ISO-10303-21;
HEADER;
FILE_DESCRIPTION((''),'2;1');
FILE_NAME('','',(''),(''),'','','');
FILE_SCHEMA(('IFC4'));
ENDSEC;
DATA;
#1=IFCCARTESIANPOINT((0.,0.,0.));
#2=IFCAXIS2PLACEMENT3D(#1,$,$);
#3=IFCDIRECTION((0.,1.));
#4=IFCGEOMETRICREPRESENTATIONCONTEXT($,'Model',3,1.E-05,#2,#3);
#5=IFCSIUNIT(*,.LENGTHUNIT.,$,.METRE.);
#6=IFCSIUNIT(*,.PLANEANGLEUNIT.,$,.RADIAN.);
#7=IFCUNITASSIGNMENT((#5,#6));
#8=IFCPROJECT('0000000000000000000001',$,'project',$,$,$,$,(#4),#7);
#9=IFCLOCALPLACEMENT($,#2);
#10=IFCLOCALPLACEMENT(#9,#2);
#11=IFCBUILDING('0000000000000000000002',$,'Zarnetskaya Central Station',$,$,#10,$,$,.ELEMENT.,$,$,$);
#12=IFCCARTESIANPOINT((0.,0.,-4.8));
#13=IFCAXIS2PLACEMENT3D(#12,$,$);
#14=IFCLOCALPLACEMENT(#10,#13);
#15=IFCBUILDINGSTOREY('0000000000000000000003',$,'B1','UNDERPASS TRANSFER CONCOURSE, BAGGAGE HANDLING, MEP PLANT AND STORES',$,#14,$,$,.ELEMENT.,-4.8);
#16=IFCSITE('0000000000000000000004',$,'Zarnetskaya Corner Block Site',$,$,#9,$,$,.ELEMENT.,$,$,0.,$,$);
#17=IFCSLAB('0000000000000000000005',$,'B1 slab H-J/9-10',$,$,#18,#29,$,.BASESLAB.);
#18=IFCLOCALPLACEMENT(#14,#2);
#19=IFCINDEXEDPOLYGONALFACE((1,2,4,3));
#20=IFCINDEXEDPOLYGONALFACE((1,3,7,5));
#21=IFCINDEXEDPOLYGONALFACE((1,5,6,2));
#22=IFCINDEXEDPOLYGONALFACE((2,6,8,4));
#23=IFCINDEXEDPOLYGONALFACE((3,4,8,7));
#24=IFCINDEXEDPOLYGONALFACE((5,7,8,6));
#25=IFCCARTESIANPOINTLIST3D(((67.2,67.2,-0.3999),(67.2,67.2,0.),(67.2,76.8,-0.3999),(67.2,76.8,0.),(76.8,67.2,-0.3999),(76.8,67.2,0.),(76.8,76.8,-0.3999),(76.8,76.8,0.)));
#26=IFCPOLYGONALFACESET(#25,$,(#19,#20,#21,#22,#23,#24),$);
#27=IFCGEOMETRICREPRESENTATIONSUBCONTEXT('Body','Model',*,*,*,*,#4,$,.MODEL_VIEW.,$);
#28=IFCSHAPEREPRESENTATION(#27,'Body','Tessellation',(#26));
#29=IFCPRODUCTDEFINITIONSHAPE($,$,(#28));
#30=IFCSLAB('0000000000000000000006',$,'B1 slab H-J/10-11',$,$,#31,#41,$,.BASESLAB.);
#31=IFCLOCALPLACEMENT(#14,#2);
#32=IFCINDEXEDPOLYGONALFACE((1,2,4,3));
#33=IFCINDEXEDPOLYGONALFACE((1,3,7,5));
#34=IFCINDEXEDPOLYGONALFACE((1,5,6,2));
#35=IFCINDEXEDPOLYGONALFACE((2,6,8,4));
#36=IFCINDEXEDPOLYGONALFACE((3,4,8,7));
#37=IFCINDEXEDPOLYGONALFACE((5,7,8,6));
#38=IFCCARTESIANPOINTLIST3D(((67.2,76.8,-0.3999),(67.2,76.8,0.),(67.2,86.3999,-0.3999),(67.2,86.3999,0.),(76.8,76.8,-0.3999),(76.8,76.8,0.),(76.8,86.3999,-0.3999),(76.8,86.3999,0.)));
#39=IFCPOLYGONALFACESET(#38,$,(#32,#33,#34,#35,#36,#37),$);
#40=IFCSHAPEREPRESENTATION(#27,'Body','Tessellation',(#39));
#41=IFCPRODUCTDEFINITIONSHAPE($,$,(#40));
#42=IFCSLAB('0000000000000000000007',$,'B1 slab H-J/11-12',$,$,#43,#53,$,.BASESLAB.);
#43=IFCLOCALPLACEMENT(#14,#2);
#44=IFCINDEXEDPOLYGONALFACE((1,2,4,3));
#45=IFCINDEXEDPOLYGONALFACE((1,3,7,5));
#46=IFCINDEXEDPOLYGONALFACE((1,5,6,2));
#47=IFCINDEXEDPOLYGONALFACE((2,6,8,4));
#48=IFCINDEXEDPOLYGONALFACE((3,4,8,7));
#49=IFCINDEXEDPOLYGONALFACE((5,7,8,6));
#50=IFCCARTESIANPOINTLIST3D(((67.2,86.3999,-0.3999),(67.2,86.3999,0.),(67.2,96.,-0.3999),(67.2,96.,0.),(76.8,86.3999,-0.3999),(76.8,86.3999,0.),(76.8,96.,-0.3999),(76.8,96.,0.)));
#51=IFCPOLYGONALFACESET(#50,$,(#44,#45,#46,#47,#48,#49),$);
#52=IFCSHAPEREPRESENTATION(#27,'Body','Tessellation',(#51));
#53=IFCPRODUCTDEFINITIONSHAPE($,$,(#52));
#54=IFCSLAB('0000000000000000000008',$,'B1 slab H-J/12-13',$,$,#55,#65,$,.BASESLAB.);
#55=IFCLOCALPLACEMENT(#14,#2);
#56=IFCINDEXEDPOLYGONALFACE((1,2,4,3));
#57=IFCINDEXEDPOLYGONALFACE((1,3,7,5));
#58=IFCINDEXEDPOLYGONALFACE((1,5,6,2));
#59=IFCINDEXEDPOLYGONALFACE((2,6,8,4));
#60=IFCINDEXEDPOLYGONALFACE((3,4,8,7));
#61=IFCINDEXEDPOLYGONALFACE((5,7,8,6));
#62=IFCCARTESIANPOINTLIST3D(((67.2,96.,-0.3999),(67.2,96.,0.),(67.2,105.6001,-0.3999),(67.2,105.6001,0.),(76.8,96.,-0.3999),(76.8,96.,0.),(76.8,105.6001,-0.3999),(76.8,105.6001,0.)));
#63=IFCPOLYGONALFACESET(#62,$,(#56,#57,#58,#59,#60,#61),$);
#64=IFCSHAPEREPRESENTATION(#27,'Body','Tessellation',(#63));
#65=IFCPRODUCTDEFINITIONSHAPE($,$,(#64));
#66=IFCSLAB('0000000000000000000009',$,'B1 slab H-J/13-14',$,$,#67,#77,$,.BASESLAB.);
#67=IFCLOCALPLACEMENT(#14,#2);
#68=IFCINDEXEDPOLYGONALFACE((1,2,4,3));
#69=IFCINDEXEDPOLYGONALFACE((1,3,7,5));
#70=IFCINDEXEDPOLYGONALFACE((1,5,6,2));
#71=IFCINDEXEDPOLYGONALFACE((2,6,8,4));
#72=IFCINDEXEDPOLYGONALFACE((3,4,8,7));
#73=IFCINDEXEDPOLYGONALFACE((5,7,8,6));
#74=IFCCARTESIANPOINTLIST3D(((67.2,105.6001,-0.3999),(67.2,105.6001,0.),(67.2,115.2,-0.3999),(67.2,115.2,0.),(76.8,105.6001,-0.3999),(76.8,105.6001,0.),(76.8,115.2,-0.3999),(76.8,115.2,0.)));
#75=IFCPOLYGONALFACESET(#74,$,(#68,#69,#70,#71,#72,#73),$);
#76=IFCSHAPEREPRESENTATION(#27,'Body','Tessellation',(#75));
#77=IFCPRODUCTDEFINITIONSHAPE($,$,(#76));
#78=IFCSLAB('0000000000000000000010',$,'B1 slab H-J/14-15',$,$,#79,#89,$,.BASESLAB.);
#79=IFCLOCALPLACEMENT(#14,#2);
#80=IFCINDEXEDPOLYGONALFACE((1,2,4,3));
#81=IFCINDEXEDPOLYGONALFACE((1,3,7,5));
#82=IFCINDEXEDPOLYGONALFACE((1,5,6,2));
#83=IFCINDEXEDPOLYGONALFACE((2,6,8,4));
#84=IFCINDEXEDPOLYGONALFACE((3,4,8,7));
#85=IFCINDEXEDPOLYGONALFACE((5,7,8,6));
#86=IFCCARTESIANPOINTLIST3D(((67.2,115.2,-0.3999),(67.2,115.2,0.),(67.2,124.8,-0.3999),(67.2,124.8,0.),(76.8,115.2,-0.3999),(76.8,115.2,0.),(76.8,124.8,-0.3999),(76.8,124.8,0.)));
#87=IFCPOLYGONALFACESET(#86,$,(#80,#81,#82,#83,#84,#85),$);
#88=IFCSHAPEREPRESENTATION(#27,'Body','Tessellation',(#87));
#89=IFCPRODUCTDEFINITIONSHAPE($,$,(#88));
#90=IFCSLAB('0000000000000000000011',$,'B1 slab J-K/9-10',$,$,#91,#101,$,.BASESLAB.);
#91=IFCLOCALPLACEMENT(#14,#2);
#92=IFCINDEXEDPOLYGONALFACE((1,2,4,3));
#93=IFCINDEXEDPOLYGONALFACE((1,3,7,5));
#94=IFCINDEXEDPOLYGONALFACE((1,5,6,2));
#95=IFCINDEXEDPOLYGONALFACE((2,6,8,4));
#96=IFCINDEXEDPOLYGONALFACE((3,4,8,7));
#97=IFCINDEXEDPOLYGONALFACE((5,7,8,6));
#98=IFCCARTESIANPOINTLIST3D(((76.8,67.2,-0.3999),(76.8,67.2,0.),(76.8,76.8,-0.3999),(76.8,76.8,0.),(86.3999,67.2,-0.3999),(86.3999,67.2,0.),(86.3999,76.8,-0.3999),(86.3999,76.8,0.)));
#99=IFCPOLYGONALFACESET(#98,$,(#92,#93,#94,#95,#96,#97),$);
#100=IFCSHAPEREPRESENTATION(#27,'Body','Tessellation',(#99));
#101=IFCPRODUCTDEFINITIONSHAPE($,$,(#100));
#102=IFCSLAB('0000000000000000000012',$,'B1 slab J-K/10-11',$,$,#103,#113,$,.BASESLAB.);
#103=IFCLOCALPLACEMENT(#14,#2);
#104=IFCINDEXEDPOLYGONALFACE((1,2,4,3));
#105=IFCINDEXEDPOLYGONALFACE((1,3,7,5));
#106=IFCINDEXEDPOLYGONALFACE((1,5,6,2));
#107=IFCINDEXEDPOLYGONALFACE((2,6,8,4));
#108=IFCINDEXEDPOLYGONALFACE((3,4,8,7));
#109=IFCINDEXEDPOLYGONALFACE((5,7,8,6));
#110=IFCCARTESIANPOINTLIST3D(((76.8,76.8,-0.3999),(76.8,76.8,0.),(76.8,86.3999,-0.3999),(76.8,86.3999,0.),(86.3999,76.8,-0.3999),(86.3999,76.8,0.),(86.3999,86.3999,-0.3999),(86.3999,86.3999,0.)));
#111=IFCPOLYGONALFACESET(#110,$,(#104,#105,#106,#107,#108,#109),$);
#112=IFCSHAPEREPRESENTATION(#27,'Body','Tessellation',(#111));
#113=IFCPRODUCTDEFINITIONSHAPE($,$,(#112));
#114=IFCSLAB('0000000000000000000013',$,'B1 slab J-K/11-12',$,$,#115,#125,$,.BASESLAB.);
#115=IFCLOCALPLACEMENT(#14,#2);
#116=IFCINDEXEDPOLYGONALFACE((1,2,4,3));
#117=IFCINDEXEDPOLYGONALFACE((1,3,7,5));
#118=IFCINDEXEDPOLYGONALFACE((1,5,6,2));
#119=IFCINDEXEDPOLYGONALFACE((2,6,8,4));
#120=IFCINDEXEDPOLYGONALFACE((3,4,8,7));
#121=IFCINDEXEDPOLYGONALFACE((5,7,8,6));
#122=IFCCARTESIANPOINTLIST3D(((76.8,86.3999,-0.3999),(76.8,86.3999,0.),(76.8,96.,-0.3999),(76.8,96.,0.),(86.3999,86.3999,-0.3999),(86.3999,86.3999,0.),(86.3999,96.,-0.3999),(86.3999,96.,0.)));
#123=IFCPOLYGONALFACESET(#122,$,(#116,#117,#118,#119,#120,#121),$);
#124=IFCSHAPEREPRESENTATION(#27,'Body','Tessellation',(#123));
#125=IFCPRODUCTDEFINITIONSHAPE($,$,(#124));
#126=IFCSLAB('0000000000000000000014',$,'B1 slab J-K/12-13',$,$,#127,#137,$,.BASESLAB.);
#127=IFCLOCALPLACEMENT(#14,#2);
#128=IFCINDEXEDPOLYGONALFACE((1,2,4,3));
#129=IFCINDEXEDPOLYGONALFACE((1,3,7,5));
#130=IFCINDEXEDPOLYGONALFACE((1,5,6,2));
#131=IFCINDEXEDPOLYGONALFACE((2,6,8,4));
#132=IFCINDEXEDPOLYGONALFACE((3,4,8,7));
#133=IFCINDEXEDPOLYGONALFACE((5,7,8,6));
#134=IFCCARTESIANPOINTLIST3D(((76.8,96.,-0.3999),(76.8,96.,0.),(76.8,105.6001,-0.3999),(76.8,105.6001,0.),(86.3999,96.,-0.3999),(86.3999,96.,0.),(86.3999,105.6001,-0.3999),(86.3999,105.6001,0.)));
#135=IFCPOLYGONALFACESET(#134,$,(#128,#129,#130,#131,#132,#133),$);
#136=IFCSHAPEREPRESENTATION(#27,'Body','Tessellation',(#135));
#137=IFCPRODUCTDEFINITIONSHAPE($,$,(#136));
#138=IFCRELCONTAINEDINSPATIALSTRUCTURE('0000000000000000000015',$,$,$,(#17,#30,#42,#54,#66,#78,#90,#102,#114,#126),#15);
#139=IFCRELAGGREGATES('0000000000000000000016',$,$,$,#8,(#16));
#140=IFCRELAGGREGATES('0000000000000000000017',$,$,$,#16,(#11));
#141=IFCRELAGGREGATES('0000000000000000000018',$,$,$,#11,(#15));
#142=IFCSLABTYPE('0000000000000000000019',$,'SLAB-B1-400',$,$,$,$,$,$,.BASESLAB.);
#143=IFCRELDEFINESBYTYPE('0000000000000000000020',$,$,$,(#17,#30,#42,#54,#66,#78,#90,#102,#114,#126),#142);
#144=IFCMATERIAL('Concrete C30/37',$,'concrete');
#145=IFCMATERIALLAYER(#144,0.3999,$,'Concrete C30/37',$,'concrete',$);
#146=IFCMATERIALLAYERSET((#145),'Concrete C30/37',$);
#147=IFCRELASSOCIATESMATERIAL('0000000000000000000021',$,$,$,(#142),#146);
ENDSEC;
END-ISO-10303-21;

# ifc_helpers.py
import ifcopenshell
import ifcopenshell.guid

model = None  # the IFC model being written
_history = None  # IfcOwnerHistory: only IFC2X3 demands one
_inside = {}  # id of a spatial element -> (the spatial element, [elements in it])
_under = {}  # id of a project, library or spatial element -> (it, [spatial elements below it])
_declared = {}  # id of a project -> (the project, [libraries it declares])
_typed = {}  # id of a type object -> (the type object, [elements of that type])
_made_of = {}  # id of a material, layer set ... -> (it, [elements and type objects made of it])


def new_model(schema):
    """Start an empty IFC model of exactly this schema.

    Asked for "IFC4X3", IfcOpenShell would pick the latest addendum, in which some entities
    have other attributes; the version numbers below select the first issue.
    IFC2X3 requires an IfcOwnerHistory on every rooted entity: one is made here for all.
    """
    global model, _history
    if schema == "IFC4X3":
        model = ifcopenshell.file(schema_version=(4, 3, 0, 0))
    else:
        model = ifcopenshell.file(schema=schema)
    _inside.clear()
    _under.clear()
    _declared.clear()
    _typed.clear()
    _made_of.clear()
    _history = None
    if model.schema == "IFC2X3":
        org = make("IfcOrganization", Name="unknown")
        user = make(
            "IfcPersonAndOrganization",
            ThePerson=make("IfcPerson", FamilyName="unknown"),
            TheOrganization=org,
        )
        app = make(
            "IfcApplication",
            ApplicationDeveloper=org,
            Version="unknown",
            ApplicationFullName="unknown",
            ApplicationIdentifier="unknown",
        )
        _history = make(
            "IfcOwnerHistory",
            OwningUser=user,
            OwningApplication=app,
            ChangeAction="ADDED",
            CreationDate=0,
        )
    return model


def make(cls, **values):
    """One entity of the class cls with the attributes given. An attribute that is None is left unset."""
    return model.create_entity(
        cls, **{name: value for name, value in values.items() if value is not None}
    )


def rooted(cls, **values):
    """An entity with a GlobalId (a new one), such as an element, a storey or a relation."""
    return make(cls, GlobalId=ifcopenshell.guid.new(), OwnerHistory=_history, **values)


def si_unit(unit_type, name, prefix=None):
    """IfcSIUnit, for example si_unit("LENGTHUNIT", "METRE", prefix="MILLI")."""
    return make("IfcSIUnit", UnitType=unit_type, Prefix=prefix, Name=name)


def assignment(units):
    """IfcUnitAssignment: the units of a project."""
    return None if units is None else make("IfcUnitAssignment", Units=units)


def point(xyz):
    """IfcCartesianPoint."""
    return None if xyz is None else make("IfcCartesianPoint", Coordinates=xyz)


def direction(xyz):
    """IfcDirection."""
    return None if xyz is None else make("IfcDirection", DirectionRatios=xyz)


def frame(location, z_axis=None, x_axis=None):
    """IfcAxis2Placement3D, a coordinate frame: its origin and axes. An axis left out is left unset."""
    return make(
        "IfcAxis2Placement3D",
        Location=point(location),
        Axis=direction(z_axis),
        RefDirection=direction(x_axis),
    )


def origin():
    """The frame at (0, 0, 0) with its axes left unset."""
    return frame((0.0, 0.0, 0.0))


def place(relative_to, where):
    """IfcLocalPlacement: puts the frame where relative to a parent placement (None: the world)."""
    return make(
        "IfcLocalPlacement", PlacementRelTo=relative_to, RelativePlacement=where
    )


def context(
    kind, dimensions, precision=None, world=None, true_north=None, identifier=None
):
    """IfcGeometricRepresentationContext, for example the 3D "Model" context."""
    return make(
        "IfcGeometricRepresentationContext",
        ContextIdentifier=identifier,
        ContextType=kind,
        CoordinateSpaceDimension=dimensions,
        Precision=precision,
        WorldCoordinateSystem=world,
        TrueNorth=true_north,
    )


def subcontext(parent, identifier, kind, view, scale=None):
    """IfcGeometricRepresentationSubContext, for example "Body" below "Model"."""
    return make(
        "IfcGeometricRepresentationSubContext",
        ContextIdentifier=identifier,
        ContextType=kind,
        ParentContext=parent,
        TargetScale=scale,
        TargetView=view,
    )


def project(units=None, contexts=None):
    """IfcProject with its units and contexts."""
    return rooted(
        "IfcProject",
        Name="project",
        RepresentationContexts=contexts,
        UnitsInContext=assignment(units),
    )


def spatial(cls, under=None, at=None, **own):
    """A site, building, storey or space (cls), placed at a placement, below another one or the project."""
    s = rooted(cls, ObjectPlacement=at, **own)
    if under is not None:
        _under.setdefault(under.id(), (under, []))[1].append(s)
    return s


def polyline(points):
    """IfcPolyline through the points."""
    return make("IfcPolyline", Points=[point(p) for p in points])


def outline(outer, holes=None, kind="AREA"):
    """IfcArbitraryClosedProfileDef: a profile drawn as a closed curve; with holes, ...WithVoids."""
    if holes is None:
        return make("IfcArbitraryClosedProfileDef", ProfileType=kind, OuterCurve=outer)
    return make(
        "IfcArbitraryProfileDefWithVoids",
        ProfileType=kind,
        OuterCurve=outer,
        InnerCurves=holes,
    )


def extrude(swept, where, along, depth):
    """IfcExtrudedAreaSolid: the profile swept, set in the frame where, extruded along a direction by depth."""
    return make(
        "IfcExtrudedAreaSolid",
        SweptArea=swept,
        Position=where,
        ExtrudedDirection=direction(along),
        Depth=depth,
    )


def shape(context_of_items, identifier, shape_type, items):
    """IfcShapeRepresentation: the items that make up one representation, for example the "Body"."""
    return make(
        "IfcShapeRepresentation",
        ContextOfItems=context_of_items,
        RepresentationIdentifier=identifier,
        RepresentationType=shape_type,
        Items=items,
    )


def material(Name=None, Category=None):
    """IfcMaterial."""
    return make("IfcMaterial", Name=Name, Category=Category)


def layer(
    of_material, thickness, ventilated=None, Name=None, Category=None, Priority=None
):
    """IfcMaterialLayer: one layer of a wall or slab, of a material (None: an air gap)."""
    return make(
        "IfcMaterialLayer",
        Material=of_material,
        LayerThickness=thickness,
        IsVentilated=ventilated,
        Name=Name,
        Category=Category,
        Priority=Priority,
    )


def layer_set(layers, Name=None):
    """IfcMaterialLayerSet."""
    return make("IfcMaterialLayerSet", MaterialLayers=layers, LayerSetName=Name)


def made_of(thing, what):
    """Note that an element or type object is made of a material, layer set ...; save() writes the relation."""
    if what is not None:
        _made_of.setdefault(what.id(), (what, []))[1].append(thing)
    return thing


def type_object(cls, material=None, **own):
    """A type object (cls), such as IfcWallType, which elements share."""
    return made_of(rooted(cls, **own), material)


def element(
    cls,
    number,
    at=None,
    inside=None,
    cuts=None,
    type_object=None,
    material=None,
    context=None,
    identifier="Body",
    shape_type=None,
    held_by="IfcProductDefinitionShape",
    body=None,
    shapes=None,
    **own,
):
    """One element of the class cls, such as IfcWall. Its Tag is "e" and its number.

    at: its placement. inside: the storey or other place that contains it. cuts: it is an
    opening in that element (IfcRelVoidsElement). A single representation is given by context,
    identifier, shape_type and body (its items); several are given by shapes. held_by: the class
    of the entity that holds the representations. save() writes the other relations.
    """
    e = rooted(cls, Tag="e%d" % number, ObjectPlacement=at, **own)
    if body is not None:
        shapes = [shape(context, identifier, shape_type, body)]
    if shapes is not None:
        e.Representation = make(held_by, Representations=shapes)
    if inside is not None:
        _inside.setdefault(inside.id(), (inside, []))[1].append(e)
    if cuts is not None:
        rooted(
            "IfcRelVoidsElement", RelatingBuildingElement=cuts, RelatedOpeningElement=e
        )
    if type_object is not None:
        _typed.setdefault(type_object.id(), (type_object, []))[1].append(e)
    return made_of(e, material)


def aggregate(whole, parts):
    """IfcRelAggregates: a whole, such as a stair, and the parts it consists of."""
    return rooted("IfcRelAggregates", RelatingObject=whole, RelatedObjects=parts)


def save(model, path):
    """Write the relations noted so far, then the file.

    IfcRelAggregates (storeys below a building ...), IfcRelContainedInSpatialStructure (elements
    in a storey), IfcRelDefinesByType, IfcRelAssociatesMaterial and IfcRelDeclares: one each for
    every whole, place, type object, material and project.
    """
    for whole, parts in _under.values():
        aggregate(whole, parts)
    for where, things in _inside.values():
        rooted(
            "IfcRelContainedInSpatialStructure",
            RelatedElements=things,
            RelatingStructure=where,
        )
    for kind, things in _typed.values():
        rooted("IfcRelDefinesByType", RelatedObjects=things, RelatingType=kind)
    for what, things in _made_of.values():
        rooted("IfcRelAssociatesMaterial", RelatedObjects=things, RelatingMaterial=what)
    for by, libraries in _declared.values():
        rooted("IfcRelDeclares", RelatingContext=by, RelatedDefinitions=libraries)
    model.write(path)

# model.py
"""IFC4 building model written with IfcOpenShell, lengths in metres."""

from ifc_helpers import new_model, si_unit, direction, frame, origin, place, context, subcontext, project, spatial, polyline, outline, extrude, material, layer, layer_set, type_object, element, save


model = new_model("IFC4")

# Units and contexts
model_context = context("Model", 3, precision=1e-05, world=origin(), true_north=direction((0.0, 1.0)))
body_context = subcontext(model_context, "Body", "Model", "MODEL_VIEW")
ifc_project = project(units=[si_unit("LENGTHUNIT", "METRE"), si_unit("PLANEANGLEUNIT", "RADIAN")], contexts=[model_context])

# Site, building, storey
site_placement = place(None, origin())
site = spatial("IfcSite", under=ifc_project, at=site_placement, Name="Zarnetskaya Corner Block Site", CompositionType="ELEMENT", RefElevation=0.0)
building_placement = place(site_placement, origin())
building = spatial("IfcBuilding", under=site, at=building_placement, Name="Zarnetskaya Central Station", CompositionType="ELEMENT")
storey_placement = place(building_placement, frame((0.0, 0.0, -4.8)))
storey = spatial("IfcBuildingStorey", under=building, at=storey_placement, Name="B1", Description="UNDERPASS TRANSFER CONCOURSE, BAGGAGE HANDLING, MEP PLANT AND STORES", CompositionType="ELEMENT", Elevation=-4.8)

# Shared definitions
ifc_material_1 = material(Name="Concrete C30/37", Category="concrete")

# Slabs
ifc_layer = layer(ifc_material_1, 0.3999, Name="Concrete C30/37", Category="concrete")
ifc_layer_set = layer_set([ifc_layer], Name="Concrete C30/37")
slab_type = type_object("IfcSlabType", Name="SLAB-B1-400", PredefinedType="BASESLAB", material=ifc_layer_set)
slab_1_placement = place(storey_placement, frame((0.0, 0.0, -0.3999)))
element("IfcSlab", 1, at=slab_1_placement, inside=storey, type_object=slab_type, Name="B1 slab H-J/9-10", PredefinedType="BASESLAB", context=body_context, shape_type="SweptSolid", body=[
    extrude(outline(polyline([(67.2, 67.2), (76.8, 67.2), (76.8, 76.8), (67.2, 76.8), (67.2, 67.2)])), origin(), (0.0, 0.0, 1.0), 0.3999),
])
slab_2_placement = place(storey_placement, frame((0.0, 0.0, -0.3999)))
element("IfcSlab", 2, at=slab_2_placement, inside=storey, type_object=slab_type, Name="B1 slab H-J/10-11", PredefinedType="BASESLAB", context=body_context, shape_type="SweptSolid", body=[
    extrude(outline(polyline([(67.2, 76.8), (76.8, 76.8), (76.8, 86.3999), (67.2, 86.3999), (67.2, 76.8)])), origin(), (0.0, 0.0, 1.0), 0.3999),
])
slab_3_placement = place(storey_placement, frame((0.0, 0.0, -0.3999)))
element("IfcSlab", 3, at=slab_3_placement, inside=storey, type_object=slab_type, Name="B1 slab H-J/11-12", PredefinedType="BASESLAB", context=body_context, shape_type="SweptSolid", body=[
    extrude(outline(polyline([(67.2, 86.3999), (76.8, 86.3999), (76.8, 96.0), (67.2, 96.0), (67.2, 86.3999)])), origin(), (0.0, 0.0, 1.0), 0.3999),
])
slab_4_placement = place(storey_placement, frame((0.0, 0.0, -0.3999)))
element("IfcSlab", 4, at=slab_4_placement, inside=storey, type_object=slab_type, Name="B1 slab H-J/12-13", PredefinedType="BASESLAB", context=body_context, shape_type="SweptSolid", body=[
    extrude(outline(polyline([(67.2, 96.0), (76.8, 96.0), (76.8, 105.6001), (67.2, 105.6001), (67.2, 96.0)])), origin(), (0.0, 0.0, 1.0), 0.3999),
])
slab_5_placement = place(storey_placement, frame((0.0, 0.0, -0.3999)))
element("IfcSlab", 5, at=slab_5_placement, inside=storey, type_object=slab_type, Name="B1 slab H-J/13-14", PredefinedType="BASESLAB", context=body_context, shape_type="SweptSolid", body=[
    extrude(outline(polyline([(67.2, 105.6001), (76.8, 105.6001), (76.8, 115.2), (67.2, 115.2), (67.2, 105.6001)])), origin(), (0.0, 0.0, 1.0), 0.3999),
])
slab_6_placement = place(storey_placement, frame((0.0, 0.0, -0.3999)))
element("IfcSlab", 6, at=slab_6_placement, inside=storey, type_object=slab_type, Name="B1 slab H-J/14-15", PredefinedType="BASESLAB", context=body_context, shape_type="SweptSolid", body=[
    extrude(outline(polyline([(67.2, 115.2), (76.8, 115.2), (76.8, 124.8), (67.2, 124.8), (67.2, 115.2)])), origin(), (0.0, 0.0, 1.0), 0.3999),
])
slab_7_placement = place(storey_placement, frame((0.0, 0.0, -0.3999)))
element("IfcSlab", 7, at=slab_7_placement, inside=storey, type_object=slab_type, Name="B1 slab J-K/9-10", PredefinedType="BASESLAB", context=body_context, shape_type="SweptSolid", body=[
    extrude(outline(polyline([(76.8, 67.2), (86.3999, 67.2), (86.3999, 76.8), (76.8, 76.8), (76.8, 67.2)])), origin(), (0.0, 0.0, 1.0), 0.3999),
])
slab_8_placement = place(storey_placement, frame((0.0, 0.0, -0.3999)))
element("IfcSlab", 8, at=slab_8_placement, inside=storey, type_object=slab_type, Name="B1 slab J-K/10-11", PredefinedType="BASESLAB", context=body_context, shape_type="SweptSolid", body=[
    extrude(outline(polyline([(76.8, 76.8), (86.3999, 76.8), (86.3999, 86.3999), (76.8, 86.3999), (76.8, 76.8)])), origin(), (0.0, 0.0, 1.0), 0.3999),
])
slab_9_placement = place(storey_placement, frame((0.0, 0.0, -0.3999)))
element("IfcSlab", 9, at=slab_9_placement, inside=storey, type_object=slab_type, Name="B1 slab J-K/11-12", PredefinedType="BASESLAB", context=body_context, shape_type="SweptSolid", body=[
    extrude(outline(polyline([(76.8, 86.3999), (86.3999, 86.3999), (86.3999, 96.0), (76.8, 96.0), (76.8, 86.3999)])), origin(), (0.0, 0.0, 1.0), 0.3999),
])
slab_10_placement = place(storey_placement, frame((0.0, 0.0, -0.3999)))
element("IfcSlab", 10, at=slab_10_placement, inside=storey, type_object=slab_type, Name="B1 slab J-K/12-13", PredefinedType="BASESLAB", context=body_context, shape_type="SweptSolid", body=[
    extrude(outline(polyline([(76.8, 96.0), (86.3999, 96.0), (86.3999, 105.6001), (76.8, 105.6001), (76.8, 96.0)])), origin(), (0.0, 0.0, 1.0), 0.3999),
])

save(model, "model.ifc")
